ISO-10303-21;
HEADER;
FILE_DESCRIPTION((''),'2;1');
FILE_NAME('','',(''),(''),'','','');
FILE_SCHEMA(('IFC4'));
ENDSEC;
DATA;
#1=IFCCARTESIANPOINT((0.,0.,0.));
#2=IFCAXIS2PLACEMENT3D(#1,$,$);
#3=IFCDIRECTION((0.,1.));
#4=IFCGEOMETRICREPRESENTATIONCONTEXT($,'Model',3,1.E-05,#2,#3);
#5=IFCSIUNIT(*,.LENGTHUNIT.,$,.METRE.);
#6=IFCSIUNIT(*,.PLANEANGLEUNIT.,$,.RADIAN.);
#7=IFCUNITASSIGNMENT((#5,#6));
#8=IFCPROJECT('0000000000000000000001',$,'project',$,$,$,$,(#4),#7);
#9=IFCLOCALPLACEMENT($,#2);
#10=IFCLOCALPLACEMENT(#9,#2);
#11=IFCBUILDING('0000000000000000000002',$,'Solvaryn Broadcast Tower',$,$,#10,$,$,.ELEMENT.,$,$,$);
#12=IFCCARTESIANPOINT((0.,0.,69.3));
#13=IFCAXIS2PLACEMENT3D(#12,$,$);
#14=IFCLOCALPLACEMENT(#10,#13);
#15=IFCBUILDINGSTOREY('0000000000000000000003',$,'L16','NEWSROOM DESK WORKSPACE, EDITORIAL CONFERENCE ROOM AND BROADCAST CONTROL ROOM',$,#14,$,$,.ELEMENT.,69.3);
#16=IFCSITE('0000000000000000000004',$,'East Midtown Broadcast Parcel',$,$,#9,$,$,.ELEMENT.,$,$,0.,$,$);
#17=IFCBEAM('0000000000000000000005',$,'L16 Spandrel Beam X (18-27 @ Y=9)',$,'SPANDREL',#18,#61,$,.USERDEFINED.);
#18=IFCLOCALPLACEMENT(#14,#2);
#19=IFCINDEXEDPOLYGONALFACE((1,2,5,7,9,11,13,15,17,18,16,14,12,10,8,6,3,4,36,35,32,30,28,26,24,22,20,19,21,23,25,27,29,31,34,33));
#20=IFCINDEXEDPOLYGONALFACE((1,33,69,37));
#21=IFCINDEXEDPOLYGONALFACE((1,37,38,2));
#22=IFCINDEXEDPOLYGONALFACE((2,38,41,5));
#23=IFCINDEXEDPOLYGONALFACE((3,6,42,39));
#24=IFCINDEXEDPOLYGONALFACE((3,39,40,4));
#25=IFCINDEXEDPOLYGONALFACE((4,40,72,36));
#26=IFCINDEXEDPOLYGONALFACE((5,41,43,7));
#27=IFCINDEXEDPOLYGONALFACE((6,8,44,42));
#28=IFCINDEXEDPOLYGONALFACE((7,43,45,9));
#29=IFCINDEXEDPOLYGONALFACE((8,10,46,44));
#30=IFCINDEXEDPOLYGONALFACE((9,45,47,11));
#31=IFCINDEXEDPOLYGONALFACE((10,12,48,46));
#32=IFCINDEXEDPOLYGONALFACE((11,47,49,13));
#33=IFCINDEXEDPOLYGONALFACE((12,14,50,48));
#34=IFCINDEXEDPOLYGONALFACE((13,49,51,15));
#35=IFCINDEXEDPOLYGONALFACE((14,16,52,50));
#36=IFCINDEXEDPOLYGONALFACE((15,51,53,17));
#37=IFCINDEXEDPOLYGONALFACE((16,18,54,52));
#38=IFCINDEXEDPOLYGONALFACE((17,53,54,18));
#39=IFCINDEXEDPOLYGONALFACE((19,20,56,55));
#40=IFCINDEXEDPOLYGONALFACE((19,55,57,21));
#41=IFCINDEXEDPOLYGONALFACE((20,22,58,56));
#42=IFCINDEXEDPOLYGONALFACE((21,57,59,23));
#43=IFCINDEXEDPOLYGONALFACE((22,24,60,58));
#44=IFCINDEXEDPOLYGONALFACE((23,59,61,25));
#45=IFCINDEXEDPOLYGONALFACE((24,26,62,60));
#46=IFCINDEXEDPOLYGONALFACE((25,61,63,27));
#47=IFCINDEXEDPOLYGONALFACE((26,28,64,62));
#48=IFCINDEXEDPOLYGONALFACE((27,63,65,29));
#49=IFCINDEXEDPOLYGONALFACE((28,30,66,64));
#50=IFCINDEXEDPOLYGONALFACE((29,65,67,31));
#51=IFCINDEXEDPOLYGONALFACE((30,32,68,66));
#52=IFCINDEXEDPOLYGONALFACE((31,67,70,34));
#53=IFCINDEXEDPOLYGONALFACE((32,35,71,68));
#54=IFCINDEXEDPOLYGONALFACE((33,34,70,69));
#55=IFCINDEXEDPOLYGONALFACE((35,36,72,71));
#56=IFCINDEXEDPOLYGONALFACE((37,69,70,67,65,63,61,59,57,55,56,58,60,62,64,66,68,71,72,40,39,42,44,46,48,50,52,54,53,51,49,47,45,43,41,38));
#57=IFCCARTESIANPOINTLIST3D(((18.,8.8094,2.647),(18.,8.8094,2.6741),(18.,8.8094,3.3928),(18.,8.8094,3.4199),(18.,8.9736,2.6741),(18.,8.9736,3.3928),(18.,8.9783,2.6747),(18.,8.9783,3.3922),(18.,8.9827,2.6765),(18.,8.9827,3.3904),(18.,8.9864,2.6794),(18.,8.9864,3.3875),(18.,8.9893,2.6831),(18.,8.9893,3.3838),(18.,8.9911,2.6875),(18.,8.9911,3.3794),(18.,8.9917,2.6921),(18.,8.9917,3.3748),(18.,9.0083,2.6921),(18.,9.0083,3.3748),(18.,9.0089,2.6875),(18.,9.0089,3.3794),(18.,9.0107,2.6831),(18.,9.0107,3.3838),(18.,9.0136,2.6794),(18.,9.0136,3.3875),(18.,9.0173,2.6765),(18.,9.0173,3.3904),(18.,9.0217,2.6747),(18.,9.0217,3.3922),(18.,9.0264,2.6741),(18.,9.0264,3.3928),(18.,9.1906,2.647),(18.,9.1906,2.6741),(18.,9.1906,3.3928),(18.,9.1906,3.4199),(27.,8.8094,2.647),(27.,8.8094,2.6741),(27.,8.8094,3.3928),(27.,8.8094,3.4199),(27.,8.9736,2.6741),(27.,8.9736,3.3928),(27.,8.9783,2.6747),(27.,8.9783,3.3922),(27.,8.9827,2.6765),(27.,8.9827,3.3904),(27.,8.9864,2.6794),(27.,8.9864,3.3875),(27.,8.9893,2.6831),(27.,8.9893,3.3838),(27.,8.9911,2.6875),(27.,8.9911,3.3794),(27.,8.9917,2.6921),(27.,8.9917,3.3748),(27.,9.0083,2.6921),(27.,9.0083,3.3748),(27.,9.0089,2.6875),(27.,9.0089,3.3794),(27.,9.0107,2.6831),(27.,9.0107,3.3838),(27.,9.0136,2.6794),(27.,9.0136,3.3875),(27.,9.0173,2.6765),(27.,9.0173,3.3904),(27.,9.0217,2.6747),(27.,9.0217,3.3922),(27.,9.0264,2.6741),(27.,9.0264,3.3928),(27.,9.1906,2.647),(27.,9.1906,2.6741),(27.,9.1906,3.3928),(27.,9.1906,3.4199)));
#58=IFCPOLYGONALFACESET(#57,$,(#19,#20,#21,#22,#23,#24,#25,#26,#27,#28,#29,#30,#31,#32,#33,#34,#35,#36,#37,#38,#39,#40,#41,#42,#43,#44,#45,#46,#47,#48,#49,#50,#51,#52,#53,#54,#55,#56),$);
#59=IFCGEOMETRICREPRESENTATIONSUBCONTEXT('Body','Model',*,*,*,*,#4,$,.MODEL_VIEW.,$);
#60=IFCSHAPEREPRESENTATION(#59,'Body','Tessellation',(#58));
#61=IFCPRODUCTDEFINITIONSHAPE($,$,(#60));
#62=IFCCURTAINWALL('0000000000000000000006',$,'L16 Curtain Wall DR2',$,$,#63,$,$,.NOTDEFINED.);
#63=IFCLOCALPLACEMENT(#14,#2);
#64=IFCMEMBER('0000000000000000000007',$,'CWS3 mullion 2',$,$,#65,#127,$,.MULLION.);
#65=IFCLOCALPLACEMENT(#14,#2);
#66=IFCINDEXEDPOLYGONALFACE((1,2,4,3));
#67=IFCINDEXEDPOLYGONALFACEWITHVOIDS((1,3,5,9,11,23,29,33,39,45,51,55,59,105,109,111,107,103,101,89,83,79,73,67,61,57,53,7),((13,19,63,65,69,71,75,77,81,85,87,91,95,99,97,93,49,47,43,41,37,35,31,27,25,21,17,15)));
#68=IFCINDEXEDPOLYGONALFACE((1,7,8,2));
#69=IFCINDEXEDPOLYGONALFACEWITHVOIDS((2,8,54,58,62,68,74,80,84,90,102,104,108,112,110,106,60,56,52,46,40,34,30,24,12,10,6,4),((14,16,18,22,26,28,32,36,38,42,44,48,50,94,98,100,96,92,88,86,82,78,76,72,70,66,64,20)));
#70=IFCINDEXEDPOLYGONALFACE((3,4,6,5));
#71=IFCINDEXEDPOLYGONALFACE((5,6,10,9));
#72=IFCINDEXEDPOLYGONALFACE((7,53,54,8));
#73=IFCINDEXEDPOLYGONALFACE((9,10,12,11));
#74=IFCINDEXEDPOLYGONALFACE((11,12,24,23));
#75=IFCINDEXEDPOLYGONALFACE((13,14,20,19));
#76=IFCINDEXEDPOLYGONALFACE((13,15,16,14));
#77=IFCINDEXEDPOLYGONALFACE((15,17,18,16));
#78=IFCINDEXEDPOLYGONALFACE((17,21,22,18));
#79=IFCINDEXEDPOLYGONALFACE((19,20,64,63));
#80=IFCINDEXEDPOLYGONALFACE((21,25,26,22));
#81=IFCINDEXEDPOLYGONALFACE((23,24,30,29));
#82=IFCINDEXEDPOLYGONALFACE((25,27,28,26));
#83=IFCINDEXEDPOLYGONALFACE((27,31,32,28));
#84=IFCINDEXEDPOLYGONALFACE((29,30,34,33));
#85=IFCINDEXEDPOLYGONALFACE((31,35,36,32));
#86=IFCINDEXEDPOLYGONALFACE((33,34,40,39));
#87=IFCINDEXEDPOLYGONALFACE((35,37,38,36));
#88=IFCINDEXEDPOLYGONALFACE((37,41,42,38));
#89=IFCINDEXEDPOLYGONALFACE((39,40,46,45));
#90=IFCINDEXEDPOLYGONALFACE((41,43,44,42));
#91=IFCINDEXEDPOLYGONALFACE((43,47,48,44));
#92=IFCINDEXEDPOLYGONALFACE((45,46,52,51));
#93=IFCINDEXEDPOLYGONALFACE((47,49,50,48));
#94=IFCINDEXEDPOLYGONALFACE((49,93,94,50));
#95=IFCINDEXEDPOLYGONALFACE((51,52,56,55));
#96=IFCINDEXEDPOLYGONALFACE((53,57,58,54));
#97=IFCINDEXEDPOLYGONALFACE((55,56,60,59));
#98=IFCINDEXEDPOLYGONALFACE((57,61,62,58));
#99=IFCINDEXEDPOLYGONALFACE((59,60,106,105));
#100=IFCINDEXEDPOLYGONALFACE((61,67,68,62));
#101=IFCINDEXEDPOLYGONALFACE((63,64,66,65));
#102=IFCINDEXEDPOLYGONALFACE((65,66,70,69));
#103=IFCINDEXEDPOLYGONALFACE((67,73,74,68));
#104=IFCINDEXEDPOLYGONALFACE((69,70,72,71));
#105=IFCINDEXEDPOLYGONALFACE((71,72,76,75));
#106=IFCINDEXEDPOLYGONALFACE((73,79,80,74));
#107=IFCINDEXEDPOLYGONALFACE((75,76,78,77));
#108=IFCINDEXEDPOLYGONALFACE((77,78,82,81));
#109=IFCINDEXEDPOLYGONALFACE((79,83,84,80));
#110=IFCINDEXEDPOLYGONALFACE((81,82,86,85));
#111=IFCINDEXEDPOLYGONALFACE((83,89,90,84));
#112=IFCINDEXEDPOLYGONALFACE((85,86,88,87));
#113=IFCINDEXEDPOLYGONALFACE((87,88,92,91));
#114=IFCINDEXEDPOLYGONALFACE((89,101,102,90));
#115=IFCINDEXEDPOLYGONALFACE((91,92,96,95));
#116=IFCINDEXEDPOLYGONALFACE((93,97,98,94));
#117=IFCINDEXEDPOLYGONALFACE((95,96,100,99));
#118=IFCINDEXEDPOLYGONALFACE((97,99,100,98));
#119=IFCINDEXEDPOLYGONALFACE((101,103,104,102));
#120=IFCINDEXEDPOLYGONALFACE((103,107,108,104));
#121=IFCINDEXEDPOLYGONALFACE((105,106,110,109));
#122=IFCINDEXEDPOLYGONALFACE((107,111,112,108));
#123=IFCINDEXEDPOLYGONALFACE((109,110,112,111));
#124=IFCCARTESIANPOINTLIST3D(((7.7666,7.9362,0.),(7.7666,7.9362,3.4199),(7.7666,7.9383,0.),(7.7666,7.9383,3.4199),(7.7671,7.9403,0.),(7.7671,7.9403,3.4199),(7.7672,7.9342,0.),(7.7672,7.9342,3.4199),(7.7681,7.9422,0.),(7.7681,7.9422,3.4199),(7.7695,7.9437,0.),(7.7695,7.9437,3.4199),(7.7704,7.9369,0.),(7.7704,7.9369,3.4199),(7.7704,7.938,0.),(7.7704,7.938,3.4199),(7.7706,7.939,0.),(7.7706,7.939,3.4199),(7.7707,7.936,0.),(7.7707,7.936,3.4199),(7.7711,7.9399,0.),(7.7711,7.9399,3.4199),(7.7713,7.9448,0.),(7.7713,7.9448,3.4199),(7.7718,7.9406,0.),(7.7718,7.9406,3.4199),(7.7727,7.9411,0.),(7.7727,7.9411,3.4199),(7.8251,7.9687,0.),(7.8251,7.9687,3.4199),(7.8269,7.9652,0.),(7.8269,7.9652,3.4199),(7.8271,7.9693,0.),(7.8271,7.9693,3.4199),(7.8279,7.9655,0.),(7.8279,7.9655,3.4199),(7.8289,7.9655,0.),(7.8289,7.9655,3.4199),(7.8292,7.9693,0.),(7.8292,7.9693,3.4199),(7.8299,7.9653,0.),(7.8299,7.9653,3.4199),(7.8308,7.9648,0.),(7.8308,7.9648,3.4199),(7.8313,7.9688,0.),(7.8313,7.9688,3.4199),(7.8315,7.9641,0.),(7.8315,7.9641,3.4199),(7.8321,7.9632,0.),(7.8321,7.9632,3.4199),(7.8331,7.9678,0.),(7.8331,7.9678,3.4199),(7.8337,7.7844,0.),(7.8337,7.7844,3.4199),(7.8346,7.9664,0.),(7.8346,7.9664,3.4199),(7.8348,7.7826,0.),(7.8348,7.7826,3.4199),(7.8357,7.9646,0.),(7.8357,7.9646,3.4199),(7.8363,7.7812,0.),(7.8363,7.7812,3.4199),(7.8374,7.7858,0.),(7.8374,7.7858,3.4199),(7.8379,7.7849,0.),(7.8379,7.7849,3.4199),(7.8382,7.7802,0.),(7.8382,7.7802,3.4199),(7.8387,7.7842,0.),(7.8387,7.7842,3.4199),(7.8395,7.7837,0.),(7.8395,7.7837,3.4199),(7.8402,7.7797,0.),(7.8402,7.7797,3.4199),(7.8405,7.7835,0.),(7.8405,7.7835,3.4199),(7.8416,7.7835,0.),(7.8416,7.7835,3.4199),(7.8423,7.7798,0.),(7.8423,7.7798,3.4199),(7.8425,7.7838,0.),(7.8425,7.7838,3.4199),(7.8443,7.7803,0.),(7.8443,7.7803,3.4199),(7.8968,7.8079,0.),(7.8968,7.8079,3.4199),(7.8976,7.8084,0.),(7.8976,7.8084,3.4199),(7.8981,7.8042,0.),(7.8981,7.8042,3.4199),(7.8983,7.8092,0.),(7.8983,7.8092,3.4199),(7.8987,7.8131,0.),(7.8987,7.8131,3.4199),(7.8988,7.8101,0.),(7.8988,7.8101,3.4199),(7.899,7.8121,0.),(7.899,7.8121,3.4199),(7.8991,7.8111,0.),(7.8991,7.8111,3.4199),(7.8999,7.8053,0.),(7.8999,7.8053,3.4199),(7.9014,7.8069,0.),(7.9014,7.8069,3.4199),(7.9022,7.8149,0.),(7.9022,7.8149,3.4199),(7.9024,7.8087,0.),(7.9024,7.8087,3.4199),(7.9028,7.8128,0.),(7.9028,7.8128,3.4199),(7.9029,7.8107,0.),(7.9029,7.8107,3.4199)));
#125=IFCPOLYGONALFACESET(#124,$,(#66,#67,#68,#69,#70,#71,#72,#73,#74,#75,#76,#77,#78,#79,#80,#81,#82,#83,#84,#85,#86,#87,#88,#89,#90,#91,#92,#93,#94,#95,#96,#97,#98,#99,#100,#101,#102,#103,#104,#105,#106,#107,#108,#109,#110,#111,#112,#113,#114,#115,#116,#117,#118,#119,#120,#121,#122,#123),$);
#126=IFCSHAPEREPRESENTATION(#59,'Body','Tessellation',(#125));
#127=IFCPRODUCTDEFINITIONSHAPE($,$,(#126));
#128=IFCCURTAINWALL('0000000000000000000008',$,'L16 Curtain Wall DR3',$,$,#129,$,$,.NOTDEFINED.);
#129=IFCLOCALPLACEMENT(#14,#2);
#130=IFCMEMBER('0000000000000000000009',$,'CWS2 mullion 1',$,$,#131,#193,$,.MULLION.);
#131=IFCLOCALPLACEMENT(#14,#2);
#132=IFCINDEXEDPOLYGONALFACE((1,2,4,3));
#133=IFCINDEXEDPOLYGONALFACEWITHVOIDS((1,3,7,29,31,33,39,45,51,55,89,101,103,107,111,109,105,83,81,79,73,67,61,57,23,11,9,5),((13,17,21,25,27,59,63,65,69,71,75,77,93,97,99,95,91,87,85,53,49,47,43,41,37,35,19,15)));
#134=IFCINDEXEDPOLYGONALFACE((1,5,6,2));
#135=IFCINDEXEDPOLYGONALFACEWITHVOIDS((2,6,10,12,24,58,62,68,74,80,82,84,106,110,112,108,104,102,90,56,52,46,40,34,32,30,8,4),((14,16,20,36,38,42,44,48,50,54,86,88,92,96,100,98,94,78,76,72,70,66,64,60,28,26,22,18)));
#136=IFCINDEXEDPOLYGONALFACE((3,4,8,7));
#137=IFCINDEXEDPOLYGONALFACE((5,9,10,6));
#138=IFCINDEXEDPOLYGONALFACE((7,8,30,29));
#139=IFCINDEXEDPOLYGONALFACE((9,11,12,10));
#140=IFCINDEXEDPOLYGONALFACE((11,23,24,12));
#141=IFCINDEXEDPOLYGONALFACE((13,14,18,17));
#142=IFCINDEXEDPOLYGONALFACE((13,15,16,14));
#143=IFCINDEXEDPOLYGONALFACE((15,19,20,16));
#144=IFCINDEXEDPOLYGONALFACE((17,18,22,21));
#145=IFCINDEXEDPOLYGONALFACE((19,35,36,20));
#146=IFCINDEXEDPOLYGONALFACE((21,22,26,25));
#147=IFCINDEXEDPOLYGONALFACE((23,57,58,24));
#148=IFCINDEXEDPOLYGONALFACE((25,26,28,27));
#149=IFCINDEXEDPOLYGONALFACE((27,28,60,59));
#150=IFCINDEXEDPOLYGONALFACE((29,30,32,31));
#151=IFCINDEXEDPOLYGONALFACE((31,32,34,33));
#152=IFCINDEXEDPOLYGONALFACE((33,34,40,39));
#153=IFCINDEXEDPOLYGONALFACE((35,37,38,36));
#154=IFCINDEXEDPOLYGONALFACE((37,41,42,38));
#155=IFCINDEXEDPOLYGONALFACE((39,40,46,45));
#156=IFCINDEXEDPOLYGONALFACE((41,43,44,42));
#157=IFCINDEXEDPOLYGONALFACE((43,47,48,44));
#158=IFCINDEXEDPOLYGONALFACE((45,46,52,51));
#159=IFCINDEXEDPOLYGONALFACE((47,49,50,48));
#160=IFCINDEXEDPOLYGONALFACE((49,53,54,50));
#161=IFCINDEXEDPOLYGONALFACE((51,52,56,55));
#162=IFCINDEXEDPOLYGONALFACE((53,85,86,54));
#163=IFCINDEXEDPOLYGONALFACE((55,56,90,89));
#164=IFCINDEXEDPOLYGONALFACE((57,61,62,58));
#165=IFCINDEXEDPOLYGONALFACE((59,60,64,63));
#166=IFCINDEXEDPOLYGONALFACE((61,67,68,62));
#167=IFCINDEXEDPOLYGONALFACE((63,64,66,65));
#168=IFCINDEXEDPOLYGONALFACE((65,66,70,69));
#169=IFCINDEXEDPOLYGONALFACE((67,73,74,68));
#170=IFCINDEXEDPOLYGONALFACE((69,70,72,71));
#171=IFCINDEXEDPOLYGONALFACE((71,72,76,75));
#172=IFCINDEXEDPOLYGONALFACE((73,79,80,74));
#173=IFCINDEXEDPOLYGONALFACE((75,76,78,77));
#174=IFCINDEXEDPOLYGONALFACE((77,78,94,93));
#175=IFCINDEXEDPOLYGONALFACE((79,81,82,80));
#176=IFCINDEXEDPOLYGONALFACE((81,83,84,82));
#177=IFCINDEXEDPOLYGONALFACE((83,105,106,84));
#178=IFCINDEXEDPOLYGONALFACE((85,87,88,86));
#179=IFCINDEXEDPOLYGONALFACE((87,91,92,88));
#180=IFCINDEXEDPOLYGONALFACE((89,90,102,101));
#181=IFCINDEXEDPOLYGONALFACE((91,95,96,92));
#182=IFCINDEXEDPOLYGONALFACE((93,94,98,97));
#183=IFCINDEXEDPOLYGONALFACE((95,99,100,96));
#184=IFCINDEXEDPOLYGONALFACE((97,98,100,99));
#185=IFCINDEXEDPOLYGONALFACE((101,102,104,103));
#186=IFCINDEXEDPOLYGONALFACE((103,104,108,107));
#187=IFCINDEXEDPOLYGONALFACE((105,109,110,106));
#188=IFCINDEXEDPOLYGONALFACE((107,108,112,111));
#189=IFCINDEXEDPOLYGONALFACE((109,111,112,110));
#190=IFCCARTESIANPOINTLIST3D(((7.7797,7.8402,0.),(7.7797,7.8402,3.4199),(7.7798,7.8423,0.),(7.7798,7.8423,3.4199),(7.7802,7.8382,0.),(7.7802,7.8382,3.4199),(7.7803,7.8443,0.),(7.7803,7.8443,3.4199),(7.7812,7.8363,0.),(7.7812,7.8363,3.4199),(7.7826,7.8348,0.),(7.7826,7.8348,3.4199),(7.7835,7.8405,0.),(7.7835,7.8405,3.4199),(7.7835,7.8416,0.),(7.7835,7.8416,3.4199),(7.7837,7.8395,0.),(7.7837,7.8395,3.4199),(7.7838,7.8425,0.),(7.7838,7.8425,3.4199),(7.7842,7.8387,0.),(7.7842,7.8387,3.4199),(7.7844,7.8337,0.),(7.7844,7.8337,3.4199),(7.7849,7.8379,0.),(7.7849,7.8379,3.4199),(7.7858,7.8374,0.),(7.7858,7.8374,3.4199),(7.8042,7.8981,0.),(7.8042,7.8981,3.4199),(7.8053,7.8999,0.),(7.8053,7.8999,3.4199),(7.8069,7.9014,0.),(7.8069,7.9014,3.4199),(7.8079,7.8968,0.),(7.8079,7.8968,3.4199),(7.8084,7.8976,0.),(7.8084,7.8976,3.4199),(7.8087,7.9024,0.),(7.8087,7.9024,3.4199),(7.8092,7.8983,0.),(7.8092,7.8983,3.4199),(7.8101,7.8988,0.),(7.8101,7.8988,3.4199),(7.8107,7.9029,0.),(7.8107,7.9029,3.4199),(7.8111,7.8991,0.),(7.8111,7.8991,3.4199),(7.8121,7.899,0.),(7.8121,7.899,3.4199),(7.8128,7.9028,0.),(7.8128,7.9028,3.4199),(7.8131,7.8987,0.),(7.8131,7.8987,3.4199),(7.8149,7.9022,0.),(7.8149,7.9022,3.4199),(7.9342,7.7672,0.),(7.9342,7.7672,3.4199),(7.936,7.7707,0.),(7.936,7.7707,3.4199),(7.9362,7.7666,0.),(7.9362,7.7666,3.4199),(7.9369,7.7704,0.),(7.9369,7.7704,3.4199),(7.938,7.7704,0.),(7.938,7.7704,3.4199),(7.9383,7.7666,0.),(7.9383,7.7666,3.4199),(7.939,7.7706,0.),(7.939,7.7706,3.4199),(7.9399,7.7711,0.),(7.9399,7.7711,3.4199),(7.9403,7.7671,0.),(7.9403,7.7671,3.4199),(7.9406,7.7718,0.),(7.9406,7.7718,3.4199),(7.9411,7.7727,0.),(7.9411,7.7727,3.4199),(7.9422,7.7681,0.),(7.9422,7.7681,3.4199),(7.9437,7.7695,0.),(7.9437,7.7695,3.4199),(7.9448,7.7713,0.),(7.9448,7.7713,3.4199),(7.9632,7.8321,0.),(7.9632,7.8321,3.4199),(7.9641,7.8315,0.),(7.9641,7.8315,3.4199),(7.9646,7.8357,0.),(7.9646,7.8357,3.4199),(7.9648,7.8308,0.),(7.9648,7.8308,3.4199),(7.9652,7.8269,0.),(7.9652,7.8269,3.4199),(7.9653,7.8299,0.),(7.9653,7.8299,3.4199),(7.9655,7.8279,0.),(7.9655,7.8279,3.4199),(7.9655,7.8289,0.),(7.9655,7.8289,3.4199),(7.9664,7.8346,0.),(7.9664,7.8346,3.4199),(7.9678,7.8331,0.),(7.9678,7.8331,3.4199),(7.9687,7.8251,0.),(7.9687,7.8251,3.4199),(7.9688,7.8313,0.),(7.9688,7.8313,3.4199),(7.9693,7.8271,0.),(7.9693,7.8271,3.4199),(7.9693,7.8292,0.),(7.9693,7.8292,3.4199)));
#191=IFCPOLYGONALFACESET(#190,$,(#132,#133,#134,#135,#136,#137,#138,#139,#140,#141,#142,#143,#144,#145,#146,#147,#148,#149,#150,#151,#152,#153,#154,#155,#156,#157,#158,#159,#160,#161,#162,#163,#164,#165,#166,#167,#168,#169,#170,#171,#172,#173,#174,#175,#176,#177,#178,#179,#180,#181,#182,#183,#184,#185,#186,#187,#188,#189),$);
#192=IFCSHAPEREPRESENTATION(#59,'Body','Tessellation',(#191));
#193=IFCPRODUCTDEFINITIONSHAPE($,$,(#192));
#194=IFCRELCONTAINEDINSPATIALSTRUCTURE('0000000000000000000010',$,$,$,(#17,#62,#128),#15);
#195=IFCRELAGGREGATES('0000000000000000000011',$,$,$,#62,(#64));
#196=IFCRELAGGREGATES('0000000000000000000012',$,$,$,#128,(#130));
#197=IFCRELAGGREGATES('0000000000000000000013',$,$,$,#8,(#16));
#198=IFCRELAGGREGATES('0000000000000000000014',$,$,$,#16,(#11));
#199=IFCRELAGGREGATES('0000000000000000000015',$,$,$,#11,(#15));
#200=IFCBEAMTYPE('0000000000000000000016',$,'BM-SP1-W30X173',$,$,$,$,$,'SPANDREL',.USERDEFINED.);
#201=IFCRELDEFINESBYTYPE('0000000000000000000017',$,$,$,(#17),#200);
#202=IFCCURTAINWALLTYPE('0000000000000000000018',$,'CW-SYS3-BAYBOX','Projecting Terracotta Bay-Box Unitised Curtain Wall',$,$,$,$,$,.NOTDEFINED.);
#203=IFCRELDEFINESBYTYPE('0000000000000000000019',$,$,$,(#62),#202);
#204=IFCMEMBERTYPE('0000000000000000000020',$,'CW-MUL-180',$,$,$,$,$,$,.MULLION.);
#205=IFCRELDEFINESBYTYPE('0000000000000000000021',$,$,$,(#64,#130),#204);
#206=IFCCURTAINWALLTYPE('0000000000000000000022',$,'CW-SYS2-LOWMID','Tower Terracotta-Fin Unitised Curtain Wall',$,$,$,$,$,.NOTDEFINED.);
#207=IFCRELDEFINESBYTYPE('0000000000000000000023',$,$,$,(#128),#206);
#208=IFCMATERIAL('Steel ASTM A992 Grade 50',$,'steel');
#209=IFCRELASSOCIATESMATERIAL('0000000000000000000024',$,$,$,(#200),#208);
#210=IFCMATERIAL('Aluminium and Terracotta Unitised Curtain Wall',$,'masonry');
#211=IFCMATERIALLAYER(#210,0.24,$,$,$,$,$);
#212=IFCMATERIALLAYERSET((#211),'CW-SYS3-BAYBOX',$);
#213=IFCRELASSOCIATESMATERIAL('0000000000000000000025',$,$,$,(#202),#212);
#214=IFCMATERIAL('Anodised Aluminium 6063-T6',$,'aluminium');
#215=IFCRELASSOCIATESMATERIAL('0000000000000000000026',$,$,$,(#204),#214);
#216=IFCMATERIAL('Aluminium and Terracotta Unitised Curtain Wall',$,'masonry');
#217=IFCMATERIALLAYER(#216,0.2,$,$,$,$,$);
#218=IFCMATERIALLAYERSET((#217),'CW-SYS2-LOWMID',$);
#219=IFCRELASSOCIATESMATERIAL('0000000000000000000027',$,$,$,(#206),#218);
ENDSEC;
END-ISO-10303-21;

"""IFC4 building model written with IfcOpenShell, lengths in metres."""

from ifc_helpers import new_model, si_unit, direction, frame, origin, origin_2d, place, context, subcontext, project, spatial, hollow_rectangle, i_section, extrude, material, layer, layer_set, material_profile, profile_set, type_object, element, aggregate, save


model = new_model("IFC4")

# Units and contexts
model_context = context("Model", 3, precision=1e-05, world=origin(), true_north=direction((0.0, 1.0)))
body_context = subcontext(model_context, "Body", "Model", "MODEL_VIEW")
ifc_project = project(units=[si_unit("LENGTHUNIT", "METRE"), si_unit("PLANEANGLEUNIT", "RADIAN")], contexts=[model_context])

# Site, building, storey
site_placement = place(None, origin())
site = spatial("IfcSite", under=ifc_project, at=site_placement, Name="East Midtown Broadcast Parcel", CompositionType="ELEMENT", RefElevation=0.0)
building_placement = place(site_placement, origin())
building = spatial("IfcBuilding", under=site, at=building_placement, Name="Solvaryn Broadcast Tower", CompositionType="ELEMENT")
storey_placement = place(building_placement, frame((0.0, 0.0, 69.3)))
storey = spatial("IfcBuildingStorey", under=building, at=storey_placement, Name="L16", Description="NEWSROOM DESK WORKSPACE, EDITORIAL CONFERENCE ROOM AND BROADCAST CONTROL ROOM", CompositionType="ELEMENT", Elevation=69.3)

# Beam
ifc_material_1 = material(Name="Steel ASTM A992 Grade 50", Category="steel")
ifc_material_profile_1 = material_profile(ifc_material_1, i_section(OverallWidth=0.3811, OverallDepth=0.7729, WebThickness=0.0166, FlangeThickness=0.0271, FilletRadius=0.0181, at=origin_2d()))
ifc_profile_set_1 = profile_set([ifc_material_profile_1], Name="Steel ASTM A992 Grade 50")
beam_type_1 = type_object("IfcBeamType", Name="BM-SP1-W30X173", ElementType="SPANDREL", PredefinedType="USERDEFINED", material=ifc_profile_set_1)
beam_1_placement = place(storey_placement, frame((18.0, 9.0, 3.0334), z_axis=(1.0, 0.0, 0.0), x_axis=(0.0, 1.0, 0.0)))
element("IfcBeam", 1, at=beam_1_placement, inside=storey, type_object=beam_type_1, Name="L16 Spandrel Beam X (18-27 @ Y=9)", ObjectType="SPANDREL", PredefinedType="USERDEFINED", context=body_context, shape_type="SweptSolid", body=[
    extrude(i_section(OverallWidth=0.3811, OverallDepth=0.7729, WebThickness=0.0166, FlangeThickness=0.0271, FilletRadius=0.0181, at=origin_2d()), origin(), (0.0, 0.0, 1.0), 9.0),
])

# Curtain wall, member
ifc_material_2 = material(Name="Aluminium and Terracotta Unitised Curtain Wall", Category="masonry")
ifc_layer_1 = layer(ifc_material_2, 0.24)
ifc_layer_set_1 = layer_set([ifc_layer_1], Name="CW-SYS3-BAYBOX")
curtain_wall_type_1 = type_object("IfcCurtainWallType", Name="CW-SYS3-BAYBOX", Description="Projecting Terracotta Bay-Box Unitised Curtain Wall", PredefinedType="NOTDEFINED", material=ifc_layer_set_1)
curtain_wall_1_placement = place(storey_placement, origin())
curtain_wall_1 = element("IfcCurtainWall", 2, at=curtain_wall_1_placement, inside=storey, type_object=curtain_wall_type_1, Name="L16 Curtain Wall DR2", PredefinedType="NOTDEFINED")
ifc_material_3 = material(Name="Anodised Aluminium 6063-T6", Category="aluminium")
ifc_material_profile_2 = material_profile(ifc_material_3, hollow_rectangle(XDim=0.075, YDim=0.1799, WallThickness=0.0039, InnerFilletRadius=0.0039, OuterFilletRadius=0.0081, at=origin_2d()))
ifc_profile_set_2 = profile_set([ifc_material_profile_2], Name="Anodised Aluminium 6063-T6")
member_type_1 = type_object("IfcMemberType", Name="CW-MUL-180", PredefinedType="MULLION", material=ifc_profile_set_2)
member_1_placement = place(storey_placement, frame((7.8347, 7.8745, 0.0), z_axis=(0.0, 0.0, 1.0), x_axis=(0.913918, 0.405898, 0.0)))
member_1 = element("IfcMember", 3, at=member_1_placement, type_object=member_type_1, Name="CWS3 mullion 2", PredefinedType="MULLION", context=body_context, shape_type="SweptSolid", body=[
    extrude(hollow_rectangle(XDim=0.075, YDim=0.1799, WallThickness=0.0039, InnerFilletRadius=0.0039, OuterFilletRadius=0.0081, at=origin_2d()), origin(), (0.0, 0.0, 1.0), 3.4199),
])
aggregate(curtain_wall_1, [member_1])

# Curtain wall, member
ifc_material_4 = material(Name="Aluminium and Terracotta Unitised Curtain Wall", Category="masonry")
ifc_layer_2 = layer(ifc_material_4, 0.2)
ifc_layer_set_2 = layer_set([ifc_layer_2], Name="CW-SYS2-LOWMID")
curtain_wall_type_2 = type_object("IfcCurtainWallType", Name="CW-SYS2-LOWMID", Description="Tower Terracotta-Fin Unitised Curtain Wall", PredefinedType="NOTDEFINED", material=ifc_layer_set_2)
curtain_wall_2_placement = place(storey_placement, origin())
curtain_wall_2 = element("IfcCurtainWall", 4, at=curtain_wall_2_placement, inside=storey, type_object=curtain_wall_type_2, Name="L16 Curtain Wall DR3", PredefinedType="NOTDEFINED")
member_2_placement = place(storey_placement, frame((7.8745, 7.8347, 0.0), z_axis=(0.0, 0.0, 1.0), x_axis=(0.405898, 0.913918, 0.0)))
member_2 = element("IfcMember", 5, at=member_2_placement, type_object=member_type_1, Name="CWS2 mullion 1", PredefinedType="MULLION", context=body_context, shape_type="SweptSolid", body=[
    extrude(hollow_rectangle(XDim=0.075, YDim=0.1799, WallThickness=0.0039, InnerFilletRadius=0.0039, OuterFilletRadius=0.0081, at=origin_2d()), origin(), (0.0, 0.0, 1.0), 3.4199),
])
aggregate(curtain_wall_2, [member_2])

save(model, "model.ifc")
